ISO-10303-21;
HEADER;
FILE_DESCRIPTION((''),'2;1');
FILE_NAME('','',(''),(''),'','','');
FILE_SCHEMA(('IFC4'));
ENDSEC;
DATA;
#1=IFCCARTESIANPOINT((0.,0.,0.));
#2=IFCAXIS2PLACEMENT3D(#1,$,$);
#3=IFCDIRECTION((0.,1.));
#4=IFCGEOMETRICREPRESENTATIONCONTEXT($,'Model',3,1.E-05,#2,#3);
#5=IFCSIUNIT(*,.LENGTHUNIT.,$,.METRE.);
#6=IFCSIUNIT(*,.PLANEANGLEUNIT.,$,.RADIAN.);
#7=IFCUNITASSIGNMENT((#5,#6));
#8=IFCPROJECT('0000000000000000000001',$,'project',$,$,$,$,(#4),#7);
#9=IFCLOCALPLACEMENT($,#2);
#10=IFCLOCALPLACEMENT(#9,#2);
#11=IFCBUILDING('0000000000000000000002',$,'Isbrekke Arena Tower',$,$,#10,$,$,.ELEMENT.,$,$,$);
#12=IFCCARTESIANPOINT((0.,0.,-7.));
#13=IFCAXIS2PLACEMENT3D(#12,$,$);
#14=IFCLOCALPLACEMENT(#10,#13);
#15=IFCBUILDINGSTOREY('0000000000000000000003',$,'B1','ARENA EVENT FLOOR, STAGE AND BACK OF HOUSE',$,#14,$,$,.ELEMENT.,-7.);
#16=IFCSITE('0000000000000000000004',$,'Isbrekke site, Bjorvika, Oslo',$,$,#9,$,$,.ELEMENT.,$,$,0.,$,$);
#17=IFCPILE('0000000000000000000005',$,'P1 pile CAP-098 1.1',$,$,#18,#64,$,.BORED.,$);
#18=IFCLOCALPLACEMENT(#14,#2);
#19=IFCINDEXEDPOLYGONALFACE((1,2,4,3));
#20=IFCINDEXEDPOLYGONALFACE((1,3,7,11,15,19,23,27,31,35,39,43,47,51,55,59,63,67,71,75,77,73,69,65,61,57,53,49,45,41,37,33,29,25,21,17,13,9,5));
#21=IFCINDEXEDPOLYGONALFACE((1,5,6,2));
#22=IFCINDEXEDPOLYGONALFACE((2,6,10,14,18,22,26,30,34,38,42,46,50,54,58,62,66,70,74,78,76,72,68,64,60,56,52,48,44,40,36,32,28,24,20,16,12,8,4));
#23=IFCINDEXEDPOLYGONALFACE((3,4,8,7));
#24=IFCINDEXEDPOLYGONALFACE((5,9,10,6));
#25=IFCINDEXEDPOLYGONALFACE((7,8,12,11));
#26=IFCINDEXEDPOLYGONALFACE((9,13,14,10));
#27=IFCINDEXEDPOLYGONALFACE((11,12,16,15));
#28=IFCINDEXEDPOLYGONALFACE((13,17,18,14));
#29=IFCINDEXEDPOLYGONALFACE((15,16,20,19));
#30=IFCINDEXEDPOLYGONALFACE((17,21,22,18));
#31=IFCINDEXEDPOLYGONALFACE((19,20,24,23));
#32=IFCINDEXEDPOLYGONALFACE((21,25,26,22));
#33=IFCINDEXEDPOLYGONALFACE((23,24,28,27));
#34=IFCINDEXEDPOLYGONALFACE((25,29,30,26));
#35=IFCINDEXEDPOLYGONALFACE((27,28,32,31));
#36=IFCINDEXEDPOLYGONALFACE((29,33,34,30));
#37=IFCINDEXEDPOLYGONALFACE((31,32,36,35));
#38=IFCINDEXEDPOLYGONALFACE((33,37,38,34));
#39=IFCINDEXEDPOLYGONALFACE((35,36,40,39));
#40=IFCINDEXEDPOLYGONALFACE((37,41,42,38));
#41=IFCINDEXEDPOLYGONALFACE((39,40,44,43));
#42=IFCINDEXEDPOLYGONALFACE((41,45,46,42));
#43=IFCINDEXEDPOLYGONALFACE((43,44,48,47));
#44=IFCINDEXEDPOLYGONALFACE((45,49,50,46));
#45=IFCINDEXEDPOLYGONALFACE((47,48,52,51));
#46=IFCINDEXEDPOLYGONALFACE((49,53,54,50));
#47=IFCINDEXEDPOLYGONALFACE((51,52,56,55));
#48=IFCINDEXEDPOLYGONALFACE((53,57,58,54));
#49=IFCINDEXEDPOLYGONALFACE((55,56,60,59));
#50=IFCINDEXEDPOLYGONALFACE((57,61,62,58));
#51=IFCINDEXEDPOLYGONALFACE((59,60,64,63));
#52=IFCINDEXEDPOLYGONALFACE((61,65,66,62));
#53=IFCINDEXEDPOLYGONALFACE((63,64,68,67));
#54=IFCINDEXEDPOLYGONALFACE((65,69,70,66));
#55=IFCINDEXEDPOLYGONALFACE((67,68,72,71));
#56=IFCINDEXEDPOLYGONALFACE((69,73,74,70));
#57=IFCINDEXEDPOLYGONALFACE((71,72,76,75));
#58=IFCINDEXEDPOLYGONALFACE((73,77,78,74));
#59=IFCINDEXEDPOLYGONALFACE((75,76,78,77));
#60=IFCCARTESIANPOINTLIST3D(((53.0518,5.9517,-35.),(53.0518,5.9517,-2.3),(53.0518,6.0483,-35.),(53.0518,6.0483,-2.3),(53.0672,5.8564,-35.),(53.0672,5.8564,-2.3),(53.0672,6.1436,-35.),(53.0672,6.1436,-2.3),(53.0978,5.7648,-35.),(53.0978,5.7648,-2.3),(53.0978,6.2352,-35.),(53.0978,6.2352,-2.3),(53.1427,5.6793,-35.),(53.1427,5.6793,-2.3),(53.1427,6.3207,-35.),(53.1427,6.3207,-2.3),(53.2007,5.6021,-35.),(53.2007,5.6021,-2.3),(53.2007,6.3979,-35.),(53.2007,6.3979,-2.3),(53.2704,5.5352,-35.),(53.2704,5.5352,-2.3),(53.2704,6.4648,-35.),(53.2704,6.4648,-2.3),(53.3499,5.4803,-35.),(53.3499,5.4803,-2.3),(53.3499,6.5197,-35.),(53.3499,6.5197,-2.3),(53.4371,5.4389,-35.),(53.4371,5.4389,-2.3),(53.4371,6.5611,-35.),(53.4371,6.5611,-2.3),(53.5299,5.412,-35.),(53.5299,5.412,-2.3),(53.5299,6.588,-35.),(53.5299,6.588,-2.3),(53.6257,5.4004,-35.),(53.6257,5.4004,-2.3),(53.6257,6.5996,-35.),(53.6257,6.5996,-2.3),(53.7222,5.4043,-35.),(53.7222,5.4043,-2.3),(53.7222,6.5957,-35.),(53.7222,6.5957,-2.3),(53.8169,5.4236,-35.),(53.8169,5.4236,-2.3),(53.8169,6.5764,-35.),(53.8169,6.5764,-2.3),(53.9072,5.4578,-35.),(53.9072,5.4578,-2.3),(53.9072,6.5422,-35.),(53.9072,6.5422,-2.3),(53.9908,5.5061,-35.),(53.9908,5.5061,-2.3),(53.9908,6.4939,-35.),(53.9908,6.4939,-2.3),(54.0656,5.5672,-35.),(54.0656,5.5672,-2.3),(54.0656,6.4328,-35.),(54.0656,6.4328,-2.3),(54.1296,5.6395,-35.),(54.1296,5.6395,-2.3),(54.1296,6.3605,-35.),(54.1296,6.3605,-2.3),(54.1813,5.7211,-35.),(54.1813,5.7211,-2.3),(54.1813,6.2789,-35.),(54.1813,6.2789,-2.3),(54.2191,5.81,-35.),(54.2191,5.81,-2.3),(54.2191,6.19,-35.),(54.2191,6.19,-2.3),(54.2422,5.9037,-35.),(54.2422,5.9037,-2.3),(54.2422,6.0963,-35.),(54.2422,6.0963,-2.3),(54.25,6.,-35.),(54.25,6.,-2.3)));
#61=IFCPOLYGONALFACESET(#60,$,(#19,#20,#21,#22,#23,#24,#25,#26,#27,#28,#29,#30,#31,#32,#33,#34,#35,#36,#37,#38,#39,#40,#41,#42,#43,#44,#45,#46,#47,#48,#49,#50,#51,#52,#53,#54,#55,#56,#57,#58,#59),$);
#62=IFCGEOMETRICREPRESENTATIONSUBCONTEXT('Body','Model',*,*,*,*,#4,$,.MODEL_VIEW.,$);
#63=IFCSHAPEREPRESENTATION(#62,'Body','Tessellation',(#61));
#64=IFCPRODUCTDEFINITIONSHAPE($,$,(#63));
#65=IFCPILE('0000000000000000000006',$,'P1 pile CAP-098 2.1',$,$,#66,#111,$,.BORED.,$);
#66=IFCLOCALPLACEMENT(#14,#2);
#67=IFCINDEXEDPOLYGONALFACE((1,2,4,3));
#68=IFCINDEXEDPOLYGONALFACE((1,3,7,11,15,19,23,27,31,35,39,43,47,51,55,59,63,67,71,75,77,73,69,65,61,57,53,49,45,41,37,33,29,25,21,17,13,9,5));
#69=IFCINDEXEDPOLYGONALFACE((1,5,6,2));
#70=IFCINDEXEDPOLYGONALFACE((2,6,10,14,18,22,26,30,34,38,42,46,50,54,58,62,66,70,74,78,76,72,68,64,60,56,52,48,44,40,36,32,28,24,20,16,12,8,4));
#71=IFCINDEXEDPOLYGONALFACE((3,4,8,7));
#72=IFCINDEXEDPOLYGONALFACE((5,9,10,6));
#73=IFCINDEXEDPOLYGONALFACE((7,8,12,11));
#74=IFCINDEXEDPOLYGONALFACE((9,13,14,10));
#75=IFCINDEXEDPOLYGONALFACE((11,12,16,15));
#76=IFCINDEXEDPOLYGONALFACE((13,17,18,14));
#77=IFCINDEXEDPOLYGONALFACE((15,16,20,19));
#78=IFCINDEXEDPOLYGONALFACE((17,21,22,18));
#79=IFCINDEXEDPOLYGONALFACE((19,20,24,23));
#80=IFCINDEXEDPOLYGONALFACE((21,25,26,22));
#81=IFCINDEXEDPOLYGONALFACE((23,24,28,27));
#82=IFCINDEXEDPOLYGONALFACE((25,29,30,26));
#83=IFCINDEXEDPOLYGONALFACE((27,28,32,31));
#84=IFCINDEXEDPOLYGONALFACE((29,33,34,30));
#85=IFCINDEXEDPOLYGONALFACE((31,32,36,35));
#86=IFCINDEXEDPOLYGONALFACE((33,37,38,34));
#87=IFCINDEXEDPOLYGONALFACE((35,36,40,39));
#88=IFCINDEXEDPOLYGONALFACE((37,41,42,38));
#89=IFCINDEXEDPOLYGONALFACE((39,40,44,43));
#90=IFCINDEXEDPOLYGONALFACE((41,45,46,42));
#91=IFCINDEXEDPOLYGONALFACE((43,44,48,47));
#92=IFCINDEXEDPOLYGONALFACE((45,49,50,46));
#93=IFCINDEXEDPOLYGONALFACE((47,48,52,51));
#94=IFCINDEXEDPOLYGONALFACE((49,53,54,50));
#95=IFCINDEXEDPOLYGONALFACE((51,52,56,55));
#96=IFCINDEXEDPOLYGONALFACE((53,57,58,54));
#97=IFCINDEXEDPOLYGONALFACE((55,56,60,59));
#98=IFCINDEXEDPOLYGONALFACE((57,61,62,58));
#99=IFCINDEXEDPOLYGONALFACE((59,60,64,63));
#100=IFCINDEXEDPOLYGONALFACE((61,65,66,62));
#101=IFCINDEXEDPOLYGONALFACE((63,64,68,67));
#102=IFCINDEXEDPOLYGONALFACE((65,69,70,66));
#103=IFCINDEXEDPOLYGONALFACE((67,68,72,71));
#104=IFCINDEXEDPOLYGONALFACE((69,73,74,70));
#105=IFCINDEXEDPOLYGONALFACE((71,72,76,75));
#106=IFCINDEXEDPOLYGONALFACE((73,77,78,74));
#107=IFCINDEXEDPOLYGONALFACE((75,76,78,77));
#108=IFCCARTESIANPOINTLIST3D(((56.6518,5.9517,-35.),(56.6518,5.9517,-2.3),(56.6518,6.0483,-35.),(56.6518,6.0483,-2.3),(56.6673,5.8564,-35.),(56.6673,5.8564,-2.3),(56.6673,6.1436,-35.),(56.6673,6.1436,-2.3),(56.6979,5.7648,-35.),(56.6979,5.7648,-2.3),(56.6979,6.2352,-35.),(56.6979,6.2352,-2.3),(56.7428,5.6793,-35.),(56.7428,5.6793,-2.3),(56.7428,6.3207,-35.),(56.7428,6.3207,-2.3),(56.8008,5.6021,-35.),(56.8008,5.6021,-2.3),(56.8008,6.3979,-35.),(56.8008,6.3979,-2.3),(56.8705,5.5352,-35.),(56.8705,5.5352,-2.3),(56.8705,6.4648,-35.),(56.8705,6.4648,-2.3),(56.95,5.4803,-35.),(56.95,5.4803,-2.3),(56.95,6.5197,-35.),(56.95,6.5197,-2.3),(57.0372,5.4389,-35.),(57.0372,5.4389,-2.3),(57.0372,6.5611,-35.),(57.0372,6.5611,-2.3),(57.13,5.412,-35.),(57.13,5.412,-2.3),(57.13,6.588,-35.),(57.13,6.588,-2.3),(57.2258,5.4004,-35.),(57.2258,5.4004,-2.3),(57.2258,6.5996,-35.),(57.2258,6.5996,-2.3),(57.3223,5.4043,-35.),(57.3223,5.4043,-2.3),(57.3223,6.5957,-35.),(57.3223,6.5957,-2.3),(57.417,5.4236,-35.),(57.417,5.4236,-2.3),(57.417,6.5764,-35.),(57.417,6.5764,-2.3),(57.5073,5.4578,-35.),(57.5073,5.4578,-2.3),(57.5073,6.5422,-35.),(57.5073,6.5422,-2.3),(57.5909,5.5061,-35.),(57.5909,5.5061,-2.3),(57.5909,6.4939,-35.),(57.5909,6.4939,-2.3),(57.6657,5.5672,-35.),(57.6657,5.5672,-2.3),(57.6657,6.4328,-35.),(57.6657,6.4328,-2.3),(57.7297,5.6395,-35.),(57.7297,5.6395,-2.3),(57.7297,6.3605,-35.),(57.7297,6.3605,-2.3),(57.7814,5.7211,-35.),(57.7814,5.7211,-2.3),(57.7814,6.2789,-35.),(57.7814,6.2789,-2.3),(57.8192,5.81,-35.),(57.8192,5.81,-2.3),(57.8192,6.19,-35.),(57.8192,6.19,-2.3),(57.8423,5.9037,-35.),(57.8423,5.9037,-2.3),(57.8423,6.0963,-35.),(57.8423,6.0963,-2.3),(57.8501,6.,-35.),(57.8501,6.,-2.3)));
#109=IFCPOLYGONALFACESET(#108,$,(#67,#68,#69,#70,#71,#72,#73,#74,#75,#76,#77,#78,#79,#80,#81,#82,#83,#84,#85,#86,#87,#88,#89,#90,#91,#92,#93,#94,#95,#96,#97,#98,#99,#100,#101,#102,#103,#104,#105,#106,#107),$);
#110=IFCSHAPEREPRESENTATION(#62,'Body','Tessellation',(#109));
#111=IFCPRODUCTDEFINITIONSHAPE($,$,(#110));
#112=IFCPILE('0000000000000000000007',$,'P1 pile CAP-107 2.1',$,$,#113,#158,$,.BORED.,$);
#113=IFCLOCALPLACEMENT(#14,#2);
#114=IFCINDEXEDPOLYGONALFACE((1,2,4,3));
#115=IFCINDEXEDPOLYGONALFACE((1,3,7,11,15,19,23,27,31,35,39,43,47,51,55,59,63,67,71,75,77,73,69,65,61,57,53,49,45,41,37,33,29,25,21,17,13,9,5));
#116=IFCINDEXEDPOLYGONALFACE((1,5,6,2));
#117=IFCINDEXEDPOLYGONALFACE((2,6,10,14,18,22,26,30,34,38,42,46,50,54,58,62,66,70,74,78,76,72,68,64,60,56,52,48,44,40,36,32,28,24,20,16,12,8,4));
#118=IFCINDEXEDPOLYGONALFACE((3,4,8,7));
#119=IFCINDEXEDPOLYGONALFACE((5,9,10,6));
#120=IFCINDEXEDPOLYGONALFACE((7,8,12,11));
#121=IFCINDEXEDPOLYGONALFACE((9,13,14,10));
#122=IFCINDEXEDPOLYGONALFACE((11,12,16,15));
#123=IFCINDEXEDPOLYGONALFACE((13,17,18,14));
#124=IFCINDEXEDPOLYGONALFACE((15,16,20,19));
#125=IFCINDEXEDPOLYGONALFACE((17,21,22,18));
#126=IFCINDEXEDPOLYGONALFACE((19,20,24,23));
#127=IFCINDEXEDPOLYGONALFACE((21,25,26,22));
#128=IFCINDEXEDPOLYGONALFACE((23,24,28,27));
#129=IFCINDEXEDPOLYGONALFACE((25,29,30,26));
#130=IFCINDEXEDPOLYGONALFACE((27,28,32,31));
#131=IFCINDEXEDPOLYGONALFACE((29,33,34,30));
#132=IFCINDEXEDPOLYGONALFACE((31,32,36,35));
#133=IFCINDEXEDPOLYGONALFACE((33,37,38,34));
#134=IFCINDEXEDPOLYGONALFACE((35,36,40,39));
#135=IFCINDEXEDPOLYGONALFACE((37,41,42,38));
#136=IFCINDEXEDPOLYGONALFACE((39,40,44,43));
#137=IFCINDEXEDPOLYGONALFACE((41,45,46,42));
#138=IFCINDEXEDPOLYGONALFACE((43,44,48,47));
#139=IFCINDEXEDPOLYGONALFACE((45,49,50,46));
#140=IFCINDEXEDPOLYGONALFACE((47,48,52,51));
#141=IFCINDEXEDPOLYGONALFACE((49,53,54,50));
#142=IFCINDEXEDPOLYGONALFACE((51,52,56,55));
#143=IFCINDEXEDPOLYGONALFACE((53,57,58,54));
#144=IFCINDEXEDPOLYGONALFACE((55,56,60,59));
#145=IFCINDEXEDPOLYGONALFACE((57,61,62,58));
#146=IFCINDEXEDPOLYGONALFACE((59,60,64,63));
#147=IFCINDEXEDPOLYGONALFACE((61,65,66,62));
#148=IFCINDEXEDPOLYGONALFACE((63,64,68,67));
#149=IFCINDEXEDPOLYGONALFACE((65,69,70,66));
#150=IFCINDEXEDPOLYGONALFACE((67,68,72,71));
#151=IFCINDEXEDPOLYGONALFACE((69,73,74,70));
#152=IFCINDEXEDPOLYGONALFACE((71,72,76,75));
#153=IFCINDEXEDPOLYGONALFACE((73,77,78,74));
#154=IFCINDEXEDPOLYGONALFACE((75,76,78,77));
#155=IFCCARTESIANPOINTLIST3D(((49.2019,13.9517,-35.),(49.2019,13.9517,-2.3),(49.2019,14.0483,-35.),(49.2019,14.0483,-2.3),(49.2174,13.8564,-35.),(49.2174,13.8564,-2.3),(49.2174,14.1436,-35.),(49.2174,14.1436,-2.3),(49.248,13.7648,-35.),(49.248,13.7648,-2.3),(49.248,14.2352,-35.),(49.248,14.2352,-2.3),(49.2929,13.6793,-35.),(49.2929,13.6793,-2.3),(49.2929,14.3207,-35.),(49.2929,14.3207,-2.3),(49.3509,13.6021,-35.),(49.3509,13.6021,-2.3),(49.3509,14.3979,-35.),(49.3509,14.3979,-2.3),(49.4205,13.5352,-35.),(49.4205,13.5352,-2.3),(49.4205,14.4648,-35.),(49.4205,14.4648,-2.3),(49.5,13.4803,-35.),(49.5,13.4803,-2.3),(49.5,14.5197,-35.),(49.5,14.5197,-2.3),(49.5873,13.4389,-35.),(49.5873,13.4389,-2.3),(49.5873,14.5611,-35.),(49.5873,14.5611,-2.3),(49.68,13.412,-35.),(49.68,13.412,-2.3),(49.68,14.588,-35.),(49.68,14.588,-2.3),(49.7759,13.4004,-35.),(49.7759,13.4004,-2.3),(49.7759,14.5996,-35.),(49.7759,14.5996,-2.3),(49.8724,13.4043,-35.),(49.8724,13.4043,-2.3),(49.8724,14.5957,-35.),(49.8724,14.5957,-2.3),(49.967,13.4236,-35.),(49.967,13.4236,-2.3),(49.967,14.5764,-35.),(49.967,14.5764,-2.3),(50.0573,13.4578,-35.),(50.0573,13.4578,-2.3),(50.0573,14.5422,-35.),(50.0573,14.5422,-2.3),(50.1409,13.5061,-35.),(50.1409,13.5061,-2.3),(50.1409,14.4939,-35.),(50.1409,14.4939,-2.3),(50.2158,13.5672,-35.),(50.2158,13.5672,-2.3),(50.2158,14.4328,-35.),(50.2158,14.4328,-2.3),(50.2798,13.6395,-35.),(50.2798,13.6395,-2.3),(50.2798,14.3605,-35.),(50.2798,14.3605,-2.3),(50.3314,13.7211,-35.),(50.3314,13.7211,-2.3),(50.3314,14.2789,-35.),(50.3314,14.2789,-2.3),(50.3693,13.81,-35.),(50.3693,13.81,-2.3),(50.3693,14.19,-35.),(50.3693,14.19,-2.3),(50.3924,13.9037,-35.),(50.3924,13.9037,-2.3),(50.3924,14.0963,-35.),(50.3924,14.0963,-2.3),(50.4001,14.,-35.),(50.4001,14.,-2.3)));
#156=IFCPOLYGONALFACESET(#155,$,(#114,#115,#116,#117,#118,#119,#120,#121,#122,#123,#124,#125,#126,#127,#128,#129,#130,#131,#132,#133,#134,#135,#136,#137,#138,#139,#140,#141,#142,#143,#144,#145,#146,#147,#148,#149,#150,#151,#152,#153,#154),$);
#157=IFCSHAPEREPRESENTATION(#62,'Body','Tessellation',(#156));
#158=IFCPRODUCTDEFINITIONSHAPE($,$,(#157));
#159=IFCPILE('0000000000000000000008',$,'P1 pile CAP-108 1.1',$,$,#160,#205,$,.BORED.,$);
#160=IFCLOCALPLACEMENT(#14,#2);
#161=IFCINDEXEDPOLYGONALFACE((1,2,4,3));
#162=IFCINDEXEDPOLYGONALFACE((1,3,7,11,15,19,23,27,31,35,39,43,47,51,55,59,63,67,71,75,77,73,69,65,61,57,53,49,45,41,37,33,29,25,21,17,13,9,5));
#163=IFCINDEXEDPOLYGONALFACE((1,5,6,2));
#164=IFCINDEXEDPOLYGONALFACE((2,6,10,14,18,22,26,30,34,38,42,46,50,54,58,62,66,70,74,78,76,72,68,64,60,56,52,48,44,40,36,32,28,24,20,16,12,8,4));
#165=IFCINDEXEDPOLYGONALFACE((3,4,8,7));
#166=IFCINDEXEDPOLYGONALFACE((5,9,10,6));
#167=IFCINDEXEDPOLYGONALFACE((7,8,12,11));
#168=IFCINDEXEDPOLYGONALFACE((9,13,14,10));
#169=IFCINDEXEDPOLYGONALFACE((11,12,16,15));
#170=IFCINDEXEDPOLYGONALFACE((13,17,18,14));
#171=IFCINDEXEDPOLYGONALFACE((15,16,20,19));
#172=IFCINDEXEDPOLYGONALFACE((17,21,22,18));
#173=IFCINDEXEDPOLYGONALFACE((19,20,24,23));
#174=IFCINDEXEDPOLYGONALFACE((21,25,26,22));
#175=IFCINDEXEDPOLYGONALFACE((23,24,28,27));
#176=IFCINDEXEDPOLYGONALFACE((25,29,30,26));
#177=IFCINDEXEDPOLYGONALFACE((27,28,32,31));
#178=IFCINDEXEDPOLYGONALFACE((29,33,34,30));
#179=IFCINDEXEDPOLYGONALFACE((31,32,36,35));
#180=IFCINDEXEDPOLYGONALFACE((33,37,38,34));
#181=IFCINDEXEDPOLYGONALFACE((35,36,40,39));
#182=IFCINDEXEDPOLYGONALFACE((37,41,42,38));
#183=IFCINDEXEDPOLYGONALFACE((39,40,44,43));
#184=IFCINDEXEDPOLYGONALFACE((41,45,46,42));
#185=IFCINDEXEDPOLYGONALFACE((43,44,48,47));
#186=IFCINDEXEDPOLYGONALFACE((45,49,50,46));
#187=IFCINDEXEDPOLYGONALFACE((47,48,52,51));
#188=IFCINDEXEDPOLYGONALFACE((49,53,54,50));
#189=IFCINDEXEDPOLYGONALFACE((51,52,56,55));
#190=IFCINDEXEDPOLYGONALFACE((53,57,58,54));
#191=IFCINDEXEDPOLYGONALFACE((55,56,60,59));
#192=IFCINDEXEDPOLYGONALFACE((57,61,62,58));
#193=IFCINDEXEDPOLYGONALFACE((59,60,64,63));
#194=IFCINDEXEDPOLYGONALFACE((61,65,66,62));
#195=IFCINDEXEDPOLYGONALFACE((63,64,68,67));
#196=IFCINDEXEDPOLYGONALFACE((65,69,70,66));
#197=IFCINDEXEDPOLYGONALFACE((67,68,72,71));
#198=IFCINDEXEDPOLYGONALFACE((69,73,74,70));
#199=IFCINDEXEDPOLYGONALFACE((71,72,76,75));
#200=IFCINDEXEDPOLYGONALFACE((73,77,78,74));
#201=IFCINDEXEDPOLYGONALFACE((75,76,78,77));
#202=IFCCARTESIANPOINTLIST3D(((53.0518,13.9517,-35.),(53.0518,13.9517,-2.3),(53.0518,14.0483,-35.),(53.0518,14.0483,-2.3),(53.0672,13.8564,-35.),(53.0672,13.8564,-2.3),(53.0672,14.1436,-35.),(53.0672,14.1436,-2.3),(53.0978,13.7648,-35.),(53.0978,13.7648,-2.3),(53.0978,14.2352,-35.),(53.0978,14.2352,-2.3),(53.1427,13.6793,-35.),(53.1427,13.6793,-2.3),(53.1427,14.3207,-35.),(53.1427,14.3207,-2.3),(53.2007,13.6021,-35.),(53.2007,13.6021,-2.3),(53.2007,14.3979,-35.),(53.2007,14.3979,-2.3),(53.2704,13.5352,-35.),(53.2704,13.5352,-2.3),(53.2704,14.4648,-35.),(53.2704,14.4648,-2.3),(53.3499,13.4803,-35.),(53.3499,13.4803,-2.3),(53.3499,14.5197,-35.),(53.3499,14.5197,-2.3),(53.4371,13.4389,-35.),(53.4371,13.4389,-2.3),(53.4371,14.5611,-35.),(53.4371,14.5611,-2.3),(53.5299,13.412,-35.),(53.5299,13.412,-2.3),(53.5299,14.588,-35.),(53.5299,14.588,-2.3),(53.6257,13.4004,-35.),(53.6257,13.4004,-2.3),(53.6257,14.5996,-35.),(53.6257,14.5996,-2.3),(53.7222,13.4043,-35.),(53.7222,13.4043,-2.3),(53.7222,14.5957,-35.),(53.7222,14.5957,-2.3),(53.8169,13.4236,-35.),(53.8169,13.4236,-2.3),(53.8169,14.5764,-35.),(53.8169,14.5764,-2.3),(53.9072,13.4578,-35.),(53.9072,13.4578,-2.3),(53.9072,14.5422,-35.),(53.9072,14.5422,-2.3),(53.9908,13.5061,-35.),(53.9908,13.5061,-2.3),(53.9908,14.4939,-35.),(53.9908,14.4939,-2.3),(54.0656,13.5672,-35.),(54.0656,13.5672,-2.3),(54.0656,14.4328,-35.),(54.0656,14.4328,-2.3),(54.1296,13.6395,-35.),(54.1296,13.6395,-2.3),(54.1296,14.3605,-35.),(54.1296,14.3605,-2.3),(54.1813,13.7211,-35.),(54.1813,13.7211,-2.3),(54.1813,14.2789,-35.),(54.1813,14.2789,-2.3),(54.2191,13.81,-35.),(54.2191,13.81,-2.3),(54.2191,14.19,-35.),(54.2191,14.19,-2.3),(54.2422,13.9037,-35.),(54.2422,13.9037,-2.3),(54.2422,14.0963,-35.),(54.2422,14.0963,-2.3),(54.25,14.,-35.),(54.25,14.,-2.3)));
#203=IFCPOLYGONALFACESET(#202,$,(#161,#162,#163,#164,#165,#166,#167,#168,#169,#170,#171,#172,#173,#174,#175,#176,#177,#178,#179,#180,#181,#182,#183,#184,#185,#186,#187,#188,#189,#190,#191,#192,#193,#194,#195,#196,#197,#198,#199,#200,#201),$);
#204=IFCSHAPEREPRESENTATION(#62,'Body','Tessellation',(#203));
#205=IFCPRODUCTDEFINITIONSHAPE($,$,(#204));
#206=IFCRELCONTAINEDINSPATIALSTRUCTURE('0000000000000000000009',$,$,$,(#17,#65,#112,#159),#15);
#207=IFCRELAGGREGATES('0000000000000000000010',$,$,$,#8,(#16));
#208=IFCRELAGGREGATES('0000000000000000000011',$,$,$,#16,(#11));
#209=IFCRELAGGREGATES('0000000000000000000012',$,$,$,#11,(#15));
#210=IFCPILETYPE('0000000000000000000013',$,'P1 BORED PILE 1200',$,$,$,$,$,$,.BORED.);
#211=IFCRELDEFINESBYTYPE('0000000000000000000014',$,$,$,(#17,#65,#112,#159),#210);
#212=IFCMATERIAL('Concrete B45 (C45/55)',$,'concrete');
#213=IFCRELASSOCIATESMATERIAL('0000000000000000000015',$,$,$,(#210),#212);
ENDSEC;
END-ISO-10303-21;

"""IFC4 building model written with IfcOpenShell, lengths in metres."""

from ifc_helpers import new_model, si_unit, direction, frame, origin, origin_2d, place, context, subcontext, project, spatial, circle, extrude, material, material_profile, profile_set, type_object, element, save


model = new_model("IFC4")

# Units and contexts
model_context = context("Model", 3, precision=1e-05, world=origin(), true_north=direction((0.0, 1.0)))
body_context = subcontext(model_context, "Body", "Model", "MODEL_VIEW")
ifc_project = project(units=[si_unit("LENGTHUNIT", "METRE"), si_unit("PLANEANGLEUNIT", "RADIAN")], contexts=[model_context])

# Site, building, storey
site_placement = place(None, origin())
site = spatial("IfcSite", under=ifc_project, at=site_placement, Name="Isbrekke site, Bjorvika, Oslo", CompositionType="ELEMENT", RefElevation=0.0)
building_placement = place(site_placement, origin())
building = spatial("IfcBuilding", under=site, at=building_placement, Name="Isbrekke Arena Tower", CompositionType="ELEMENT")
storey_placement = place(building_placement, frame((0.0, 0.0, -7.0)))
storey = spatial("IfcBuildingStorey", under=building, at=storey_placement, Name="B1", Description="ARENA EVENT FLOOR, STAGE AND BACK OF HOUSE", CompositionType="ELEMENT", Elevation=-7.0)

# Piles
ifc_material_1 = material(Name="Concrete B45 (C45/55)", Category="concrete")
ifc_material_profile_1 = material_profile(ifc_material_1, circle(Radius=0.6001, at=origin_2d()), Name="BORED PILE D1200")
ifc_profile_set_1 = profile_set([ifc_material_profile_1], Name="Concrete B45 (C45/55)")
pile_type = type_object("IfcPileType", Name="P1 BORED PILE 1200", PredefinedType="BORED", material=ifc_profile_set_1)
for number, where, z_axis, x_axis, name in (
    (1, (53.6499, 6.0, -2.3), (0.0, 0.0, -1.0), (1.0, 0.0, 0.0), "P1 pile CAP-098 1.1"),
    (2, (57.25, 6.0, -2.3), (0.0, 0.0, -1.0), (1.0, 0.0, 0.0), "P1 pile CAP-098 2.1"),
    (3, (49.8, 14.0, -2.3), (0.0, 0.0, -1.0), (1.0, 0.0, 0.0), "P1 pile CAP-107 2.1"),
    (4, (53.6499, 14.0, -2.3), (0.0, 0.0, -1.0), (1.0, 0.0, 0.0), "P1 pile CAP-108 1.1"),
):
    element("IfcPile", number, at=place(storey_placement, frame(where, z_axis=z_axis, x_axis=x_axis)), inside=storey, type_object=pile_type, Name=name, PredefinedType="BORED", context=body_context, shape_type="SweptSolid", body=[
        extrude(circle(Radius=0.6001, at=origin_2d()), origin(), (0.0, 0.0, 1.0), 32.7),
    ])

save(model, "model.ifc")
